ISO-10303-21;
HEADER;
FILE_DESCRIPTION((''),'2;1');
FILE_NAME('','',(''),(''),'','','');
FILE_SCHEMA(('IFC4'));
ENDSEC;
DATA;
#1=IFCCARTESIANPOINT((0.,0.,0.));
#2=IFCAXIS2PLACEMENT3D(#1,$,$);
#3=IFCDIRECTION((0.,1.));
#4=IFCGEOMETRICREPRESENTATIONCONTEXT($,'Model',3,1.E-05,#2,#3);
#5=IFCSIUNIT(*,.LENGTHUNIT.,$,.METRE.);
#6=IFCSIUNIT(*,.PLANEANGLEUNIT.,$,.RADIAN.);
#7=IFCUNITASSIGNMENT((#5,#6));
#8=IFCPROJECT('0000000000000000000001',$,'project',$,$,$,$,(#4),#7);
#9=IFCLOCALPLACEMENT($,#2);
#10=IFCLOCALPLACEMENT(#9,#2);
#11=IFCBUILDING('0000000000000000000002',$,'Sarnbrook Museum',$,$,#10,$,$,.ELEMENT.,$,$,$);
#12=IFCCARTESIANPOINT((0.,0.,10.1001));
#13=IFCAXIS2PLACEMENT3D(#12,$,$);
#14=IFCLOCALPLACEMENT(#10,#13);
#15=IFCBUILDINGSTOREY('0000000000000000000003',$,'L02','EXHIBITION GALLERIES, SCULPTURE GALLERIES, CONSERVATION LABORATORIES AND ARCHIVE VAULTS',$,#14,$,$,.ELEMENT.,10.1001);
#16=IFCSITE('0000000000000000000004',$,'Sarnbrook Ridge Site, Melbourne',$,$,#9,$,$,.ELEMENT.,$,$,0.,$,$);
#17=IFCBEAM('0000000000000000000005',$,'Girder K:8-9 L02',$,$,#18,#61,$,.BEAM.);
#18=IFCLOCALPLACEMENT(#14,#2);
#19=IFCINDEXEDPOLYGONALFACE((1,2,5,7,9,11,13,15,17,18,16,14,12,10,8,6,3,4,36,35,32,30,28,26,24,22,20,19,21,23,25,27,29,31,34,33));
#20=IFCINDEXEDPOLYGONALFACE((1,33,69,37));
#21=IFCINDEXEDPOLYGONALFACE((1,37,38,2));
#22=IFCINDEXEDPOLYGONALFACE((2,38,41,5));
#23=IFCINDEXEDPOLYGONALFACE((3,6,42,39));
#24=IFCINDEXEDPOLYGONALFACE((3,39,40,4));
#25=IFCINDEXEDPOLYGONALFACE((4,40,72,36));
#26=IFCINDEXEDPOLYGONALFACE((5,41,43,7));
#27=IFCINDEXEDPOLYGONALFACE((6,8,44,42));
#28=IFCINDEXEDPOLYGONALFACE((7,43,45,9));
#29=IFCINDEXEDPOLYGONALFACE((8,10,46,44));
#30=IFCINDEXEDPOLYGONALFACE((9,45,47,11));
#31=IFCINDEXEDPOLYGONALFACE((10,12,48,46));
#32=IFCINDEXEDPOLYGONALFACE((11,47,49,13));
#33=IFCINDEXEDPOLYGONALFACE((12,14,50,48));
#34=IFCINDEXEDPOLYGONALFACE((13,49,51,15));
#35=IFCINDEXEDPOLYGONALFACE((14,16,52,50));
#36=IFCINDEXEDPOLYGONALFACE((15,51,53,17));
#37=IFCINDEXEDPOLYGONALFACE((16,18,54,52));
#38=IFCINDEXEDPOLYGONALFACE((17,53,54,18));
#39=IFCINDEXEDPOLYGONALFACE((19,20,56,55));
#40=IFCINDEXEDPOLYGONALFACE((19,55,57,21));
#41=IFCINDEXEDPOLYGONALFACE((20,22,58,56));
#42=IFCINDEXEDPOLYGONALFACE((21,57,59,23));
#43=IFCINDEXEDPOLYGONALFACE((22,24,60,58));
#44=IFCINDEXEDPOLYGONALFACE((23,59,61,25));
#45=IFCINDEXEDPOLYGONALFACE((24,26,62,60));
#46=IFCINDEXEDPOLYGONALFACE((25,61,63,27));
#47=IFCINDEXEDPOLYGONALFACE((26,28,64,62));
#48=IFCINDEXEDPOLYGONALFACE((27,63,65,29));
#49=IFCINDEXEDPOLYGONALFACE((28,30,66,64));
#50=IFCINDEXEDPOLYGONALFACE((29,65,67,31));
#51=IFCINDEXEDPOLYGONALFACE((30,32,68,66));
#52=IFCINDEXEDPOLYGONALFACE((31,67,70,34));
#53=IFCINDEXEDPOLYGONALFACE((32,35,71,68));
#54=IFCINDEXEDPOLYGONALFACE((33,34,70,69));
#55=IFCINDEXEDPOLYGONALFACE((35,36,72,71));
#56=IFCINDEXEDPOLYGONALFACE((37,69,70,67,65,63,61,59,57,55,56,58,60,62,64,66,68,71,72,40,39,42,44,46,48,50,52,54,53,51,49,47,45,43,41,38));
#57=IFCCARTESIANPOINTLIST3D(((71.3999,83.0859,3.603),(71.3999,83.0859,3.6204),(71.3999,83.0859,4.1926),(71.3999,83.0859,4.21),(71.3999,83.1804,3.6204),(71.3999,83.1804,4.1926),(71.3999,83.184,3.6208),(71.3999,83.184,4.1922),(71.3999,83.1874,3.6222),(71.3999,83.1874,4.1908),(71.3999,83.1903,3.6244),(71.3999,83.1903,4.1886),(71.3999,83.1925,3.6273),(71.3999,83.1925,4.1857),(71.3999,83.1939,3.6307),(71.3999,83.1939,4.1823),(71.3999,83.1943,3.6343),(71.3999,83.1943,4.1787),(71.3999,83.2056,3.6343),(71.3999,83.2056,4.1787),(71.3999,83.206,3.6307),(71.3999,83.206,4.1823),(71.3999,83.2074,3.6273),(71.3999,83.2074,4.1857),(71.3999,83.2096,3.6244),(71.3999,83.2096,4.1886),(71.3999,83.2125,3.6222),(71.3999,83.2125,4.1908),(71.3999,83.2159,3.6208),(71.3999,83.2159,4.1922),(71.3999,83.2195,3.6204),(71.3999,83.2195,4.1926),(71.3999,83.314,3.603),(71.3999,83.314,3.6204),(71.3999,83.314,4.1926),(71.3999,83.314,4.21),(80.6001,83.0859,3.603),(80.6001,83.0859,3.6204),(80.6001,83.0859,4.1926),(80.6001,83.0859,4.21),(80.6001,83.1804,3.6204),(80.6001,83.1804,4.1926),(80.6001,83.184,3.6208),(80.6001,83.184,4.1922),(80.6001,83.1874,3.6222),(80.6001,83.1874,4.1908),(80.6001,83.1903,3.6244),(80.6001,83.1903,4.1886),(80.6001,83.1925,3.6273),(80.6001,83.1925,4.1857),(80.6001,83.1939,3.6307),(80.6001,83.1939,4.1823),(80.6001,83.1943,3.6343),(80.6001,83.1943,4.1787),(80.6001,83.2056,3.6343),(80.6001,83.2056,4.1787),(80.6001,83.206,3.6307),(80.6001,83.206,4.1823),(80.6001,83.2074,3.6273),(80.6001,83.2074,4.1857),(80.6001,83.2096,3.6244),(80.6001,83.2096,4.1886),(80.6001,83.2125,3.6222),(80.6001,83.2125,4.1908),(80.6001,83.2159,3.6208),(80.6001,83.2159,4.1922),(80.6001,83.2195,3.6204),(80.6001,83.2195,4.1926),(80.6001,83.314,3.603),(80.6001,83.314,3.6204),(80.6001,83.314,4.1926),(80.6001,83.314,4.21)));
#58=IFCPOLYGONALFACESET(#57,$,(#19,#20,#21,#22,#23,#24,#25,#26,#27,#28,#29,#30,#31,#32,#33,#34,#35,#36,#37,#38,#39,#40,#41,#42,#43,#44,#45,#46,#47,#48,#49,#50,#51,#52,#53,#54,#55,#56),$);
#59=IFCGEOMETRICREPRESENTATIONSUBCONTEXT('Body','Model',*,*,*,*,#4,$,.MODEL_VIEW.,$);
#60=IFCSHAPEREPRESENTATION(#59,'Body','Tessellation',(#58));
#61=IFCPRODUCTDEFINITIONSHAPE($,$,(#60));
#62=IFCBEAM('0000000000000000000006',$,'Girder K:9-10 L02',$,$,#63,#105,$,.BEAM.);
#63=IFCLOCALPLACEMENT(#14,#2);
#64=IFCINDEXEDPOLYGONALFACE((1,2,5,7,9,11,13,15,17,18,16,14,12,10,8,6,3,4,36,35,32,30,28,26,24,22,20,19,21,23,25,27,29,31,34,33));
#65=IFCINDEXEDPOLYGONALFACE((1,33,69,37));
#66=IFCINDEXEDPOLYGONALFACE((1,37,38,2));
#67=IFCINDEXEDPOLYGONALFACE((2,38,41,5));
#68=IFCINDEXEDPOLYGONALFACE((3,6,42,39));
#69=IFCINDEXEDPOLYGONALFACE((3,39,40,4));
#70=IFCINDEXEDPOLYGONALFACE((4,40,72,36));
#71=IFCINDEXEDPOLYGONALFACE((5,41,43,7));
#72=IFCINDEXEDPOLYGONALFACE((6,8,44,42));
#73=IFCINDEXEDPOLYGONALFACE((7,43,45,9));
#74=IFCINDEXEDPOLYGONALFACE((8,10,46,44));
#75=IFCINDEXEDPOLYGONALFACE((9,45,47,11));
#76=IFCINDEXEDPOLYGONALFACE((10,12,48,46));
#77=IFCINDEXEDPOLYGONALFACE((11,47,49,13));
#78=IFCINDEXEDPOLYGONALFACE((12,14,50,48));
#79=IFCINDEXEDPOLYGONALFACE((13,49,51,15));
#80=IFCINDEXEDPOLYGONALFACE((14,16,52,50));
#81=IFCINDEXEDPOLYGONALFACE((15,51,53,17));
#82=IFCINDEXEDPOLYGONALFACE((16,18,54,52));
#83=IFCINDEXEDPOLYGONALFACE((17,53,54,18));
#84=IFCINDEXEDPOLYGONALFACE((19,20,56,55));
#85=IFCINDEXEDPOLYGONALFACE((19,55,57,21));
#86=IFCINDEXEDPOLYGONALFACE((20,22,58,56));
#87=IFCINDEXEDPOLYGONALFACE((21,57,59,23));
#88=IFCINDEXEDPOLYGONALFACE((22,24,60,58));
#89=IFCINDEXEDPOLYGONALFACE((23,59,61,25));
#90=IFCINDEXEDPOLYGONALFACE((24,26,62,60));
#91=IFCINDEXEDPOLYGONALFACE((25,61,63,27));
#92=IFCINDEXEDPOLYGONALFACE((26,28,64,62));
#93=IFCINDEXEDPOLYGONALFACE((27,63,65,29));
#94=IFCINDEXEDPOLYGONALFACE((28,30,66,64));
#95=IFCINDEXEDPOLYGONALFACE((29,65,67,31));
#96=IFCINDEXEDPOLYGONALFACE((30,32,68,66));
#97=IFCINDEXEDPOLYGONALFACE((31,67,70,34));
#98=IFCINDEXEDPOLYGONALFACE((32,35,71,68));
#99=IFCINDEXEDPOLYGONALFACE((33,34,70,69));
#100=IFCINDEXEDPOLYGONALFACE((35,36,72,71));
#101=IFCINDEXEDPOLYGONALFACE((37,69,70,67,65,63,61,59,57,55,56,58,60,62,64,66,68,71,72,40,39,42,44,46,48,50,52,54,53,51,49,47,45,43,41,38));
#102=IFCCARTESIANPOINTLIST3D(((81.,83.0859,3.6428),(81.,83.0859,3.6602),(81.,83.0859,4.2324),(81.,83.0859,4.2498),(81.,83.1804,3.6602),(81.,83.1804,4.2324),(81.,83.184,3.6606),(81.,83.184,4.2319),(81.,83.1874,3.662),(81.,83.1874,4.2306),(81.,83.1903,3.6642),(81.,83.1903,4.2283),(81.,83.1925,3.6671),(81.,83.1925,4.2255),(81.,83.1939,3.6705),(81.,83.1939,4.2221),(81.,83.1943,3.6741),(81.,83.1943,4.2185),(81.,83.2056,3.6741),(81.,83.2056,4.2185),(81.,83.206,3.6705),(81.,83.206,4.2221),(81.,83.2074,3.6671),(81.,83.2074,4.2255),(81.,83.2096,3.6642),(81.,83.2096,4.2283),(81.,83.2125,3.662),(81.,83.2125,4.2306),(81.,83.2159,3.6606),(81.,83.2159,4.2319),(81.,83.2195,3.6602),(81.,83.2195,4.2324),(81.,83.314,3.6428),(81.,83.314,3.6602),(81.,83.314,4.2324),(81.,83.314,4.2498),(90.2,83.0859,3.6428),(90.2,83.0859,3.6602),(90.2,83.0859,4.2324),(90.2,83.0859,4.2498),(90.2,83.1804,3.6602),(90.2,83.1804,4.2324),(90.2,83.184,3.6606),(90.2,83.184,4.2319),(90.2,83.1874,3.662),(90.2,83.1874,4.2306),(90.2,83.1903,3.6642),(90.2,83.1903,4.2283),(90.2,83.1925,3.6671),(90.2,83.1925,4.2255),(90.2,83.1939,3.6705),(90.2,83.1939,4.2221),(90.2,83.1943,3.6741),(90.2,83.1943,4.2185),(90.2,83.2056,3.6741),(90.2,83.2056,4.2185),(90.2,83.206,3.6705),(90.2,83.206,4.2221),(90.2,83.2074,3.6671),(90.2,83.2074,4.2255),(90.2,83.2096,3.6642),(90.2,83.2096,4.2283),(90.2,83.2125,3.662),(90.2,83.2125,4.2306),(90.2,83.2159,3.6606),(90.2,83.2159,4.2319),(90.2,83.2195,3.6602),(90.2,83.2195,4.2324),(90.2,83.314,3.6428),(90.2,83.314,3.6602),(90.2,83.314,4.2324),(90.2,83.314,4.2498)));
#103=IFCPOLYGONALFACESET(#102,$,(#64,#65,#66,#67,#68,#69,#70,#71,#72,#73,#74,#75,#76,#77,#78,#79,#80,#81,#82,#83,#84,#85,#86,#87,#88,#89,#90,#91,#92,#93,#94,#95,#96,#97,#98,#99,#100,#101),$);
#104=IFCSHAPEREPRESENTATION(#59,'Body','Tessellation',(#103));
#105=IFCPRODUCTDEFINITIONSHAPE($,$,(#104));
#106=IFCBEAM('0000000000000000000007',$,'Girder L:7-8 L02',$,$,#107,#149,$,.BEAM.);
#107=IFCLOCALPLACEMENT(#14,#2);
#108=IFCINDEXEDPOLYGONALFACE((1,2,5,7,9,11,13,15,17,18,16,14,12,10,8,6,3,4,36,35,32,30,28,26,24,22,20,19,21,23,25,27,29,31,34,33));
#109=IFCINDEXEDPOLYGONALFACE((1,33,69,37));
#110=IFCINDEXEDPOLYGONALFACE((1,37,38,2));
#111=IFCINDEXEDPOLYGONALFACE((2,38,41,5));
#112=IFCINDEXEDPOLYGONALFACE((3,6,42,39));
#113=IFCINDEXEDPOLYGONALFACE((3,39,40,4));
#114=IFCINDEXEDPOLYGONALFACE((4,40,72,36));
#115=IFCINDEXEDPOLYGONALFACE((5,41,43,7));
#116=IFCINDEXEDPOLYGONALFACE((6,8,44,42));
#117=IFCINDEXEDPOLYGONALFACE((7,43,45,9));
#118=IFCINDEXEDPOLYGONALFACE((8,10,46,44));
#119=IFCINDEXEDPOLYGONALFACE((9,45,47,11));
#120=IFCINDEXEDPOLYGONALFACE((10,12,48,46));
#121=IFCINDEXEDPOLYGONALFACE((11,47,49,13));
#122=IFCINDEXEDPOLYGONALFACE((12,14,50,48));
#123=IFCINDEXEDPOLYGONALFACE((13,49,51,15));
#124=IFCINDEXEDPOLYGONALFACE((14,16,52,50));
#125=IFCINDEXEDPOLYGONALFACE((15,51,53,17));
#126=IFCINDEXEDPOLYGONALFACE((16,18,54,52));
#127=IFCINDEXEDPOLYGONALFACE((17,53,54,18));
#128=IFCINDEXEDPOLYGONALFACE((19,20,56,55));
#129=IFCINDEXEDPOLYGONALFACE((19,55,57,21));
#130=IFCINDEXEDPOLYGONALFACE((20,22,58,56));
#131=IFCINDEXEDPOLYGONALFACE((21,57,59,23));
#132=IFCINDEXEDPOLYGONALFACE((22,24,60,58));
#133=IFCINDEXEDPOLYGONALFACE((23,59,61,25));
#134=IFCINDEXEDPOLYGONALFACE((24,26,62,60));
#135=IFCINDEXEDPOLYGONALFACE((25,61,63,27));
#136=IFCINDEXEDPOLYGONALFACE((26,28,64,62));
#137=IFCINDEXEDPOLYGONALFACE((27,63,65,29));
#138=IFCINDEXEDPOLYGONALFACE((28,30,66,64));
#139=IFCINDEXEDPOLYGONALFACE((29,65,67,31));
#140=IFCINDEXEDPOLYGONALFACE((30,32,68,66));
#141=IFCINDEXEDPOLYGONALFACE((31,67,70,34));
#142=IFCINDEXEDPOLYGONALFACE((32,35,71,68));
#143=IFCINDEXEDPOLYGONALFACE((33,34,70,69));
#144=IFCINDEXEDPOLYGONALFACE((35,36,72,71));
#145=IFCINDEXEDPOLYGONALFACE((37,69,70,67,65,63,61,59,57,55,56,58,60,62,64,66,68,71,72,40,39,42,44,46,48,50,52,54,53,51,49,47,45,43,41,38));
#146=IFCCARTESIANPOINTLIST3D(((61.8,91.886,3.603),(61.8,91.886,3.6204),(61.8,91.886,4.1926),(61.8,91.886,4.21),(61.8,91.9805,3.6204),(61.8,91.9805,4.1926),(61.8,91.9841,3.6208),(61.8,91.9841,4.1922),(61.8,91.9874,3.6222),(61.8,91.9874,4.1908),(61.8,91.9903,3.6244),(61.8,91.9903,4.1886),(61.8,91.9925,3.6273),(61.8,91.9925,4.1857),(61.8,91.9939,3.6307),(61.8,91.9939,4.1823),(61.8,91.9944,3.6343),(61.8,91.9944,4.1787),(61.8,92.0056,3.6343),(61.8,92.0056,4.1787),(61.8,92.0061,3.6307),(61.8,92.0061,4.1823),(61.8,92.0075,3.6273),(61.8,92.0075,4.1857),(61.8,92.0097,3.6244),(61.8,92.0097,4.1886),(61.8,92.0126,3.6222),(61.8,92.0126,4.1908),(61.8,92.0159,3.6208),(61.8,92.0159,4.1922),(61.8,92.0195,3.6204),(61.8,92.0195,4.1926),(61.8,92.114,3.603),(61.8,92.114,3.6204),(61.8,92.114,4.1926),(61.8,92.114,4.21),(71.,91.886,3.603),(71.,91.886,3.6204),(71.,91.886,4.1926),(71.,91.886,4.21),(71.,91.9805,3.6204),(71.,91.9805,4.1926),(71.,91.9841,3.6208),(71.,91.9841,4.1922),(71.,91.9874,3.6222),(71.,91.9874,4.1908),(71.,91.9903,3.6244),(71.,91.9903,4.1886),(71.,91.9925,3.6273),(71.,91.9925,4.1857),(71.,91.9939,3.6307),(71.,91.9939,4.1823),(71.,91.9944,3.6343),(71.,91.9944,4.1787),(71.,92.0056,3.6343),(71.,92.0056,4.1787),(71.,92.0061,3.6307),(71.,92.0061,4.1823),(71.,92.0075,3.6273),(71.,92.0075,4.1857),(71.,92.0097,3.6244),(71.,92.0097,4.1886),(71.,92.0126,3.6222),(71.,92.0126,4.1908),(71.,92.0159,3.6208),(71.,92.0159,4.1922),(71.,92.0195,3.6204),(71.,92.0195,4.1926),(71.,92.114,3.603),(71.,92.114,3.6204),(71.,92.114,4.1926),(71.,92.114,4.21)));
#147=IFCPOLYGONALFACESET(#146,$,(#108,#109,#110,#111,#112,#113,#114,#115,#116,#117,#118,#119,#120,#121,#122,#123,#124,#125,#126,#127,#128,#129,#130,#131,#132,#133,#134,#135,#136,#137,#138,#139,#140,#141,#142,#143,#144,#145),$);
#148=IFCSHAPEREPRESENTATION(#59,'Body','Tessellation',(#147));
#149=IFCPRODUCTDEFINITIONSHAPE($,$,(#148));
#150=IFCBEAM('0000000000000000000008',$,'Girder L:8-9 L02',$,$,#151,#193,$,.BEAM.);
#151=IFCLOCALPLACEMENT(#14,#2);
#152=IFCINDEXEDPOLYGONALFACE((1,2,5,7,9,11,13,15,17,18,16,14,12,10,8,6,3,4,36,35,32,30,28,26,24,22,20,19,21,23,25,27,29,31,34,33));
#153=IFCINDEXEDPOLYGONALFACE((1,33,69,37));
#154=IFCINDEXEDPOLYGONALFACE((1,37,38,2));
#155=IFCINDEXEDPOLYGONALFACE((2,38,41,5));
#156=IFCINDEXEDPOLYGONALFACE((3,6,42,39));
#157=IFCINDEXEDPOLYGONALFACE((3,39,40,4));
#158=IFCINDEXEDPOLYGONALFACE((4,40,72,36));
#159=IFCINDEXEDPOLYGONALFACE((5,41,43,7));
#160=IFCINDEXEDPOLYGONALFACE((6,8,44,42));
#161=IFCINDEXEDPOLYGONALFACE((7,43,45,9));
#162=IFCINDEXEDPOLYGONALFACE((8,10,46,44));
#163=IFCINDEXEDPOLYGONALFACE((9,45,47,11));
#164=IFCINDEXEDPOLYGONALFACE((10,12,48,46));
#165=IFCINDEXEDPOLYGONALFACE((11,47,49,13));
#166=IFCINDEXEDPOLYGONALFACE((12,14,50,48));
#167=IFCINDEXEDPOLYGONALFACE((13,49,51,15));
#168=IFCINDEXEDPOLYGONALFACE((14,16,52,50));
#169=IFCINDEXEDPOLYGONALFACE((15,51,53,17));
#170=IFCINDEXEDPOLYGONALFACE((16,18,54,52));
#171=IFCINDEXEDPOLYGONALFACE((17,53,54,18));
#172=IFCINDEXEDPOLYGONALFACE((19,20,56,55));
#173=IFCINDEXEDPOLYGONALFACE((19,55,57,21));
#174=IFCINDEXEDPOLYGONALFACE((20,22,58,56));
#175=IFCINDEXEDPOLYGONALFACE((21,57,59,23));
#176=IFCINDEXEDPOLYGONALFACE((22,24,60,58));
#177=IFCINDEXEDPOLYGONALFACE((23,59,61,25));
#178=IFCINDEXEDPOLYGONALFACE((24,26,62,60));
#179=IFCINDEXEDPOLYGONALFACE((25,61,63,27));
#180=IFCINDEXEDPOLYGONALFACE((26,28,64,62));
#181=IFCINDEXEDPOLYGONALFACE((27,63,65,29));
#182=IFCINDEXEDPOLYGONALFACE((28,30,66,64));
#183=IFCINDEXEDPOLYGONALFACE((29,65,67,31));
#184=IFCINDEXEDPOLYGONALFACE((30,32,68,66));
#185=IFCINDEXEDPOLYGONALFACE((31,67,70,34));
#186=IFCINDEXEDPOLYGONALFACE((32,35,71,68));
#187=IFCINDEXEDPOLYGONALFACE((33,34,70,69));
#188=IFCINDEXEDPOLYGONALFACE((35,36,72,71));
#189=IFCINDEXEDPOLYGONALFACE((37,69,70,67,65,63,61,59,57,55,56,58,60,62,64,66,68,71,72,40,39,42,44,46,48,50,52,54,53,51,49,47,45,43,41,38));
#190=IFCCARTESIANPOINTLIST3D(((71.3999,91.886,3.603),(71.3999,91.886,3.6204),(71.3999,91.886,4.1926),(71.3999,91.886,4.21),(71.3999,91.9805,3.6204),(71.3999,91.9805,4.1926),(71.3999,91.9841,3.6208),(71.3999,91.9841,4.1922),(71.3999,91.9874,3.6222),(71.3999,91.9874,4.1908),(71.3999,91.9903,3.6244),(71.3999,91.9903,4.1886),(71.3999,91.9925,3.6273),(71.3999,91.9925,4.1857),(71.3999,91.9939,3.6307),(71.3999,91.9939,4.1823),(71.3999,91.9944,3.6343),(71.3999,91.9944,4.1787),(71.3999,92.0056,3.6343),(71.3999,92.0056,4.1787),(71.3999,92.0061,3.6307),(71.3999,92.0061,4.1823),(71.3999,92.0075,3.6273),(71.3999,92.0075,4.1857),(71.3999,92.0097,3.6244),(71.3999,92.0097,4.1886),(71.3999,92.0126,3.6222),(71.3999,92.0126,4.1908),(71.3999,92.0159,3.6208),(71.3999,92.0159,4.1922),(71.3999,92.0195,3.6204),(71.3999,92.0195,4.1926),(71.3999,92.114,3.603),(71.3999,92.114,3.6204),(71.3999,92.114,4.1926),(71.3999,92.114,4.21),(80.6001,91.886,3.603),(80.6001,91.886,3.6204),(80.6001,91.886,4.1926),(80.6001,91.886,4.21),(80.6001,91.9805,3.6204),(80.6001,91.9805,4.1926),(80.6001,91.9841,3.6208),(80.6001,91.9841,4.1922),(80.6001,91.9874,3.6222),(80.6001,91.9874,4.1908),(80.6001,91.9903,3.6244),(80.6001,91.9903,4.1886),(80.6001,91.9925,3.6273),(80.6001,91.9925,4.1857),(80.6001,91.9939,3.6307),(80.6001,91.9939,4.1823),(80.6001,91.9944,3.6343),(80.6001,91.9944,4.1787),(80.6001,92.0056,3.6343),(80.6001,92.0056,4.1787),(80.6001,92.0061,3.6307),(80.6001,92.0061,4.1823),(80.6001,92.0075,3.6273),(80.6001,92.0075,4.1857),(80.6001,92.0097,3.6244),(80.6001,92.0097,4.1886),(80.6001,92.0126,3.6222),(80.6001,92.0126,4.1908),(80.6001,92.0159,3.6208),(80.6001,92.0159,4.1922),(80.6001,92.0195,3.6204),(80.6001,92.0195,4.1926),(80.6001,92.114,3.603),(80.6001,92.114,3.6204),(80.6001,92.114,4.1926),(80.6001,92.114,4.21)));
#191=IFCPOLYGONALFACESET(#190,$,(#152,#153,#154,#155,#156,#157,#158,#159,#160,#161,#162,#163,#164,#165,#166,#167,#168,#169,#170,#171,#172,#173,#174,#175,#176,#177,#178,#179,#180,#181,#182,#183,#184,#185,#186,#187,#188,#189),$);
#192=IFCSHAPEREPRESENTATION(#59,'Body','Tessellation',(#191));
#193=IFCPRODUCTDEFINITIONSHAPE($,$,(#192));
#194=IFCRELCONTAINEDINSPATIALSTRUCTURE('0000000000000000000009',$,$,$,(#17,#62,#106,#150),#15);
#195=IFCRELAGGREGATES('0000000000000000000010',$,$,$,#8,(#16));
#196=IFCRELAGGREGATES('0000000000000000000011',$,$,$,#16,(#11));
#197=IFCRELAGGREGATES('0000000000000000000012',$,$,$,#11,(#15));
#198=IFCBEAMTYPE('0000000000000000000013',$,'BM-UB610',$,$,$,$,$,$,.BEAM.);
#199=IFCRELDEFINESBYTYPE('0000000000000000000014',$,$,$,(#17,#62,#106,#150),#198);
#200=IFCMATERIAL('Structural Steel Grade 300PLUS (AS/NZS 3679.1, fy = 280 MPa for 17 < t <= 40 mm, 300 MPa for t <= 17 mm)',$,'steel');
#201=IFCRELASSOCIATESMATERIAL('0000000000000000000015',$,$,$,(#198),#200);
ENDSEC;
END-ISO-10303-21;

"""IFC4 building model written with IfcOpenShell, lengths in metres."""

from ifc_helpers import new_model, si_unit, direction, frame, origin, origin_2d, place, context, subcontext, project, spatial, i_section, extrude, material, material_profile, profile_set, type_object, element, save


model = new_model("IFC4")

# Units and contexts
model_context = context("Model", 3, precision=1e-05, world=origin(), true_north=direction((0.0, 1.0)))
body_context = subcontext(model_context, "Body", "Model", "MODEL_VIEW")
ifc_project = project(units=[si_unit("LENGTHUNIT", "METRE"), si_unit("PLANEANGLEUNIT", "RADIAN")], contexts=[model_context])

# Site, building, storey
site_placement = place(None, origin())
site = spatial("IfcSite", under=ifc_project, at=site_placement, Name="Sarnbrook Ridge Site, Melbourne", CompositionType="ELEMENT", RefElevation=0.0)
building_placement = place(site_placement, origin())
building = spatial("IfcBuilding", under=site, at=building_placement, Name="Sarnbrook Museum", CompositionType="ELEMENT")
storey_placement = place(building_placement, frame((0.0, 0.0, 10.1001)))
storey = spatial("IfcBuildingStorey", under=building, at=storey_placement, Name="L02", Description="EXHIBITION GALLERIES, SCULPTURE GALLERIES, CONSERVATION LABORATORIES AND ARCHIVE VAULTS", CompositionType="ELEMENT", Elevation=10.1001)

# Beams
ifc_material_1 = material(Name="Structural Steel Grade 300PLUS (AS/NZS 3679.1, fy = 280 MPa for 17 < t <= 40 mm, 300 MPa for t <= 17 mm)", Category="steel")
ifc_material_profile_1 = material_profile(ifc_material_1, i_section(OverallWidth=0.228, OverallDepth=0.6069, WebThickness=0.0112, FlangeThickness=0.0173, FilletRadius=0.0139, at=origin_2d()), Name="610UB113")
ifc_profile_set_1 = profile_set([ifc_material_profile_1], Name="Structural Steel Grade 300PLUS (AS/NZS 3679.1, fy = 280 MPa for 17 < t <= 40 mm, 300 MPa for t <= 17 mm)")
beam_type_1 = type_object("IfcBeamType", Name="BM-UB610", PredefinedType="BEAM", material=ifc_profile_set_1)
beam_1_placement = place(storey_placement, frame((71.3999, 83.2, 3.9065), z_axis=(1.0, 0.0, 0.0), x_axis=(0.0, 1.0, 0.0)))
element("IfcBeam", 1, at=beam_1_placement, inside=storey, type_object=beam_type_1, Name="Girder K:8-9 L02", PredefinedType="BEAM", context=body_context, shape_type="SweptSolid", body=[
    extrude(i_section(OverallWidth=0.228, OverallDepth=0.6069, WebThickness=0.0112, FlangeThickness=0.0173, FilletRadius=0.0139, at=origin_2d()), origin(), (0.0, 0.0, 1.0), 9.2002),
])
for number, where, z_axis, x_axis, name in (
    (2, (81.0, 83.2, 3.9463), (1.0, 0.0, 0.0), (0.0, 1.0, 0.0), "Girder K:9-10 L02"),
    (3, (61.8, 92.0, 3.9065), (1.0, 0.0, 0.0), (0.0, 1.0, 0.0), "Girder L:7-8 L02"),
):
    element("IfcBeam", number, at=place(storey_placement, frame(where, z_axis=z_axis, x_axis=x_axis)), inside=storey, type_object=beam_type_1, Name=name, PredefinedType="BEAM", context=body_context, shape_type="SweptSolid", body=[
        extrude(i_section(OverallWidth=0.228, OverallDepth=0.6069, WebThickness=0.0112, FlangeThickness=0.0173, FilletRadius=0.0139, at=origin_2d()), origin(), (0.0, 0.0, 1.0), 9.2),
    ])
beam_2_placement = place(storey_placement, frame((71.3999, 92.0, 3.9065), z_axis=(1.0, 0.0, 0.0), x_axis=(0.0, 1.0, 0.0)))
element("IfcBeam", 4, at=beam_2_placement, inside=storey, type_object=beam_type_1, Name="Girder L:8-9 L02", PredefinedType="BEAM", context=body_context, shape_type="SweptSolid", body=[
    extrude(i_section(OverallWidth=0.228, OverallDepth=0.6069, WebThickness=0.0112, FlangeThickness=0.0173, FilletRadius=0.0139, at=origin_2d()), origin(), (0.0, 0.0, 1.0), 9.2002),
])

save(model, "model.ifc")
